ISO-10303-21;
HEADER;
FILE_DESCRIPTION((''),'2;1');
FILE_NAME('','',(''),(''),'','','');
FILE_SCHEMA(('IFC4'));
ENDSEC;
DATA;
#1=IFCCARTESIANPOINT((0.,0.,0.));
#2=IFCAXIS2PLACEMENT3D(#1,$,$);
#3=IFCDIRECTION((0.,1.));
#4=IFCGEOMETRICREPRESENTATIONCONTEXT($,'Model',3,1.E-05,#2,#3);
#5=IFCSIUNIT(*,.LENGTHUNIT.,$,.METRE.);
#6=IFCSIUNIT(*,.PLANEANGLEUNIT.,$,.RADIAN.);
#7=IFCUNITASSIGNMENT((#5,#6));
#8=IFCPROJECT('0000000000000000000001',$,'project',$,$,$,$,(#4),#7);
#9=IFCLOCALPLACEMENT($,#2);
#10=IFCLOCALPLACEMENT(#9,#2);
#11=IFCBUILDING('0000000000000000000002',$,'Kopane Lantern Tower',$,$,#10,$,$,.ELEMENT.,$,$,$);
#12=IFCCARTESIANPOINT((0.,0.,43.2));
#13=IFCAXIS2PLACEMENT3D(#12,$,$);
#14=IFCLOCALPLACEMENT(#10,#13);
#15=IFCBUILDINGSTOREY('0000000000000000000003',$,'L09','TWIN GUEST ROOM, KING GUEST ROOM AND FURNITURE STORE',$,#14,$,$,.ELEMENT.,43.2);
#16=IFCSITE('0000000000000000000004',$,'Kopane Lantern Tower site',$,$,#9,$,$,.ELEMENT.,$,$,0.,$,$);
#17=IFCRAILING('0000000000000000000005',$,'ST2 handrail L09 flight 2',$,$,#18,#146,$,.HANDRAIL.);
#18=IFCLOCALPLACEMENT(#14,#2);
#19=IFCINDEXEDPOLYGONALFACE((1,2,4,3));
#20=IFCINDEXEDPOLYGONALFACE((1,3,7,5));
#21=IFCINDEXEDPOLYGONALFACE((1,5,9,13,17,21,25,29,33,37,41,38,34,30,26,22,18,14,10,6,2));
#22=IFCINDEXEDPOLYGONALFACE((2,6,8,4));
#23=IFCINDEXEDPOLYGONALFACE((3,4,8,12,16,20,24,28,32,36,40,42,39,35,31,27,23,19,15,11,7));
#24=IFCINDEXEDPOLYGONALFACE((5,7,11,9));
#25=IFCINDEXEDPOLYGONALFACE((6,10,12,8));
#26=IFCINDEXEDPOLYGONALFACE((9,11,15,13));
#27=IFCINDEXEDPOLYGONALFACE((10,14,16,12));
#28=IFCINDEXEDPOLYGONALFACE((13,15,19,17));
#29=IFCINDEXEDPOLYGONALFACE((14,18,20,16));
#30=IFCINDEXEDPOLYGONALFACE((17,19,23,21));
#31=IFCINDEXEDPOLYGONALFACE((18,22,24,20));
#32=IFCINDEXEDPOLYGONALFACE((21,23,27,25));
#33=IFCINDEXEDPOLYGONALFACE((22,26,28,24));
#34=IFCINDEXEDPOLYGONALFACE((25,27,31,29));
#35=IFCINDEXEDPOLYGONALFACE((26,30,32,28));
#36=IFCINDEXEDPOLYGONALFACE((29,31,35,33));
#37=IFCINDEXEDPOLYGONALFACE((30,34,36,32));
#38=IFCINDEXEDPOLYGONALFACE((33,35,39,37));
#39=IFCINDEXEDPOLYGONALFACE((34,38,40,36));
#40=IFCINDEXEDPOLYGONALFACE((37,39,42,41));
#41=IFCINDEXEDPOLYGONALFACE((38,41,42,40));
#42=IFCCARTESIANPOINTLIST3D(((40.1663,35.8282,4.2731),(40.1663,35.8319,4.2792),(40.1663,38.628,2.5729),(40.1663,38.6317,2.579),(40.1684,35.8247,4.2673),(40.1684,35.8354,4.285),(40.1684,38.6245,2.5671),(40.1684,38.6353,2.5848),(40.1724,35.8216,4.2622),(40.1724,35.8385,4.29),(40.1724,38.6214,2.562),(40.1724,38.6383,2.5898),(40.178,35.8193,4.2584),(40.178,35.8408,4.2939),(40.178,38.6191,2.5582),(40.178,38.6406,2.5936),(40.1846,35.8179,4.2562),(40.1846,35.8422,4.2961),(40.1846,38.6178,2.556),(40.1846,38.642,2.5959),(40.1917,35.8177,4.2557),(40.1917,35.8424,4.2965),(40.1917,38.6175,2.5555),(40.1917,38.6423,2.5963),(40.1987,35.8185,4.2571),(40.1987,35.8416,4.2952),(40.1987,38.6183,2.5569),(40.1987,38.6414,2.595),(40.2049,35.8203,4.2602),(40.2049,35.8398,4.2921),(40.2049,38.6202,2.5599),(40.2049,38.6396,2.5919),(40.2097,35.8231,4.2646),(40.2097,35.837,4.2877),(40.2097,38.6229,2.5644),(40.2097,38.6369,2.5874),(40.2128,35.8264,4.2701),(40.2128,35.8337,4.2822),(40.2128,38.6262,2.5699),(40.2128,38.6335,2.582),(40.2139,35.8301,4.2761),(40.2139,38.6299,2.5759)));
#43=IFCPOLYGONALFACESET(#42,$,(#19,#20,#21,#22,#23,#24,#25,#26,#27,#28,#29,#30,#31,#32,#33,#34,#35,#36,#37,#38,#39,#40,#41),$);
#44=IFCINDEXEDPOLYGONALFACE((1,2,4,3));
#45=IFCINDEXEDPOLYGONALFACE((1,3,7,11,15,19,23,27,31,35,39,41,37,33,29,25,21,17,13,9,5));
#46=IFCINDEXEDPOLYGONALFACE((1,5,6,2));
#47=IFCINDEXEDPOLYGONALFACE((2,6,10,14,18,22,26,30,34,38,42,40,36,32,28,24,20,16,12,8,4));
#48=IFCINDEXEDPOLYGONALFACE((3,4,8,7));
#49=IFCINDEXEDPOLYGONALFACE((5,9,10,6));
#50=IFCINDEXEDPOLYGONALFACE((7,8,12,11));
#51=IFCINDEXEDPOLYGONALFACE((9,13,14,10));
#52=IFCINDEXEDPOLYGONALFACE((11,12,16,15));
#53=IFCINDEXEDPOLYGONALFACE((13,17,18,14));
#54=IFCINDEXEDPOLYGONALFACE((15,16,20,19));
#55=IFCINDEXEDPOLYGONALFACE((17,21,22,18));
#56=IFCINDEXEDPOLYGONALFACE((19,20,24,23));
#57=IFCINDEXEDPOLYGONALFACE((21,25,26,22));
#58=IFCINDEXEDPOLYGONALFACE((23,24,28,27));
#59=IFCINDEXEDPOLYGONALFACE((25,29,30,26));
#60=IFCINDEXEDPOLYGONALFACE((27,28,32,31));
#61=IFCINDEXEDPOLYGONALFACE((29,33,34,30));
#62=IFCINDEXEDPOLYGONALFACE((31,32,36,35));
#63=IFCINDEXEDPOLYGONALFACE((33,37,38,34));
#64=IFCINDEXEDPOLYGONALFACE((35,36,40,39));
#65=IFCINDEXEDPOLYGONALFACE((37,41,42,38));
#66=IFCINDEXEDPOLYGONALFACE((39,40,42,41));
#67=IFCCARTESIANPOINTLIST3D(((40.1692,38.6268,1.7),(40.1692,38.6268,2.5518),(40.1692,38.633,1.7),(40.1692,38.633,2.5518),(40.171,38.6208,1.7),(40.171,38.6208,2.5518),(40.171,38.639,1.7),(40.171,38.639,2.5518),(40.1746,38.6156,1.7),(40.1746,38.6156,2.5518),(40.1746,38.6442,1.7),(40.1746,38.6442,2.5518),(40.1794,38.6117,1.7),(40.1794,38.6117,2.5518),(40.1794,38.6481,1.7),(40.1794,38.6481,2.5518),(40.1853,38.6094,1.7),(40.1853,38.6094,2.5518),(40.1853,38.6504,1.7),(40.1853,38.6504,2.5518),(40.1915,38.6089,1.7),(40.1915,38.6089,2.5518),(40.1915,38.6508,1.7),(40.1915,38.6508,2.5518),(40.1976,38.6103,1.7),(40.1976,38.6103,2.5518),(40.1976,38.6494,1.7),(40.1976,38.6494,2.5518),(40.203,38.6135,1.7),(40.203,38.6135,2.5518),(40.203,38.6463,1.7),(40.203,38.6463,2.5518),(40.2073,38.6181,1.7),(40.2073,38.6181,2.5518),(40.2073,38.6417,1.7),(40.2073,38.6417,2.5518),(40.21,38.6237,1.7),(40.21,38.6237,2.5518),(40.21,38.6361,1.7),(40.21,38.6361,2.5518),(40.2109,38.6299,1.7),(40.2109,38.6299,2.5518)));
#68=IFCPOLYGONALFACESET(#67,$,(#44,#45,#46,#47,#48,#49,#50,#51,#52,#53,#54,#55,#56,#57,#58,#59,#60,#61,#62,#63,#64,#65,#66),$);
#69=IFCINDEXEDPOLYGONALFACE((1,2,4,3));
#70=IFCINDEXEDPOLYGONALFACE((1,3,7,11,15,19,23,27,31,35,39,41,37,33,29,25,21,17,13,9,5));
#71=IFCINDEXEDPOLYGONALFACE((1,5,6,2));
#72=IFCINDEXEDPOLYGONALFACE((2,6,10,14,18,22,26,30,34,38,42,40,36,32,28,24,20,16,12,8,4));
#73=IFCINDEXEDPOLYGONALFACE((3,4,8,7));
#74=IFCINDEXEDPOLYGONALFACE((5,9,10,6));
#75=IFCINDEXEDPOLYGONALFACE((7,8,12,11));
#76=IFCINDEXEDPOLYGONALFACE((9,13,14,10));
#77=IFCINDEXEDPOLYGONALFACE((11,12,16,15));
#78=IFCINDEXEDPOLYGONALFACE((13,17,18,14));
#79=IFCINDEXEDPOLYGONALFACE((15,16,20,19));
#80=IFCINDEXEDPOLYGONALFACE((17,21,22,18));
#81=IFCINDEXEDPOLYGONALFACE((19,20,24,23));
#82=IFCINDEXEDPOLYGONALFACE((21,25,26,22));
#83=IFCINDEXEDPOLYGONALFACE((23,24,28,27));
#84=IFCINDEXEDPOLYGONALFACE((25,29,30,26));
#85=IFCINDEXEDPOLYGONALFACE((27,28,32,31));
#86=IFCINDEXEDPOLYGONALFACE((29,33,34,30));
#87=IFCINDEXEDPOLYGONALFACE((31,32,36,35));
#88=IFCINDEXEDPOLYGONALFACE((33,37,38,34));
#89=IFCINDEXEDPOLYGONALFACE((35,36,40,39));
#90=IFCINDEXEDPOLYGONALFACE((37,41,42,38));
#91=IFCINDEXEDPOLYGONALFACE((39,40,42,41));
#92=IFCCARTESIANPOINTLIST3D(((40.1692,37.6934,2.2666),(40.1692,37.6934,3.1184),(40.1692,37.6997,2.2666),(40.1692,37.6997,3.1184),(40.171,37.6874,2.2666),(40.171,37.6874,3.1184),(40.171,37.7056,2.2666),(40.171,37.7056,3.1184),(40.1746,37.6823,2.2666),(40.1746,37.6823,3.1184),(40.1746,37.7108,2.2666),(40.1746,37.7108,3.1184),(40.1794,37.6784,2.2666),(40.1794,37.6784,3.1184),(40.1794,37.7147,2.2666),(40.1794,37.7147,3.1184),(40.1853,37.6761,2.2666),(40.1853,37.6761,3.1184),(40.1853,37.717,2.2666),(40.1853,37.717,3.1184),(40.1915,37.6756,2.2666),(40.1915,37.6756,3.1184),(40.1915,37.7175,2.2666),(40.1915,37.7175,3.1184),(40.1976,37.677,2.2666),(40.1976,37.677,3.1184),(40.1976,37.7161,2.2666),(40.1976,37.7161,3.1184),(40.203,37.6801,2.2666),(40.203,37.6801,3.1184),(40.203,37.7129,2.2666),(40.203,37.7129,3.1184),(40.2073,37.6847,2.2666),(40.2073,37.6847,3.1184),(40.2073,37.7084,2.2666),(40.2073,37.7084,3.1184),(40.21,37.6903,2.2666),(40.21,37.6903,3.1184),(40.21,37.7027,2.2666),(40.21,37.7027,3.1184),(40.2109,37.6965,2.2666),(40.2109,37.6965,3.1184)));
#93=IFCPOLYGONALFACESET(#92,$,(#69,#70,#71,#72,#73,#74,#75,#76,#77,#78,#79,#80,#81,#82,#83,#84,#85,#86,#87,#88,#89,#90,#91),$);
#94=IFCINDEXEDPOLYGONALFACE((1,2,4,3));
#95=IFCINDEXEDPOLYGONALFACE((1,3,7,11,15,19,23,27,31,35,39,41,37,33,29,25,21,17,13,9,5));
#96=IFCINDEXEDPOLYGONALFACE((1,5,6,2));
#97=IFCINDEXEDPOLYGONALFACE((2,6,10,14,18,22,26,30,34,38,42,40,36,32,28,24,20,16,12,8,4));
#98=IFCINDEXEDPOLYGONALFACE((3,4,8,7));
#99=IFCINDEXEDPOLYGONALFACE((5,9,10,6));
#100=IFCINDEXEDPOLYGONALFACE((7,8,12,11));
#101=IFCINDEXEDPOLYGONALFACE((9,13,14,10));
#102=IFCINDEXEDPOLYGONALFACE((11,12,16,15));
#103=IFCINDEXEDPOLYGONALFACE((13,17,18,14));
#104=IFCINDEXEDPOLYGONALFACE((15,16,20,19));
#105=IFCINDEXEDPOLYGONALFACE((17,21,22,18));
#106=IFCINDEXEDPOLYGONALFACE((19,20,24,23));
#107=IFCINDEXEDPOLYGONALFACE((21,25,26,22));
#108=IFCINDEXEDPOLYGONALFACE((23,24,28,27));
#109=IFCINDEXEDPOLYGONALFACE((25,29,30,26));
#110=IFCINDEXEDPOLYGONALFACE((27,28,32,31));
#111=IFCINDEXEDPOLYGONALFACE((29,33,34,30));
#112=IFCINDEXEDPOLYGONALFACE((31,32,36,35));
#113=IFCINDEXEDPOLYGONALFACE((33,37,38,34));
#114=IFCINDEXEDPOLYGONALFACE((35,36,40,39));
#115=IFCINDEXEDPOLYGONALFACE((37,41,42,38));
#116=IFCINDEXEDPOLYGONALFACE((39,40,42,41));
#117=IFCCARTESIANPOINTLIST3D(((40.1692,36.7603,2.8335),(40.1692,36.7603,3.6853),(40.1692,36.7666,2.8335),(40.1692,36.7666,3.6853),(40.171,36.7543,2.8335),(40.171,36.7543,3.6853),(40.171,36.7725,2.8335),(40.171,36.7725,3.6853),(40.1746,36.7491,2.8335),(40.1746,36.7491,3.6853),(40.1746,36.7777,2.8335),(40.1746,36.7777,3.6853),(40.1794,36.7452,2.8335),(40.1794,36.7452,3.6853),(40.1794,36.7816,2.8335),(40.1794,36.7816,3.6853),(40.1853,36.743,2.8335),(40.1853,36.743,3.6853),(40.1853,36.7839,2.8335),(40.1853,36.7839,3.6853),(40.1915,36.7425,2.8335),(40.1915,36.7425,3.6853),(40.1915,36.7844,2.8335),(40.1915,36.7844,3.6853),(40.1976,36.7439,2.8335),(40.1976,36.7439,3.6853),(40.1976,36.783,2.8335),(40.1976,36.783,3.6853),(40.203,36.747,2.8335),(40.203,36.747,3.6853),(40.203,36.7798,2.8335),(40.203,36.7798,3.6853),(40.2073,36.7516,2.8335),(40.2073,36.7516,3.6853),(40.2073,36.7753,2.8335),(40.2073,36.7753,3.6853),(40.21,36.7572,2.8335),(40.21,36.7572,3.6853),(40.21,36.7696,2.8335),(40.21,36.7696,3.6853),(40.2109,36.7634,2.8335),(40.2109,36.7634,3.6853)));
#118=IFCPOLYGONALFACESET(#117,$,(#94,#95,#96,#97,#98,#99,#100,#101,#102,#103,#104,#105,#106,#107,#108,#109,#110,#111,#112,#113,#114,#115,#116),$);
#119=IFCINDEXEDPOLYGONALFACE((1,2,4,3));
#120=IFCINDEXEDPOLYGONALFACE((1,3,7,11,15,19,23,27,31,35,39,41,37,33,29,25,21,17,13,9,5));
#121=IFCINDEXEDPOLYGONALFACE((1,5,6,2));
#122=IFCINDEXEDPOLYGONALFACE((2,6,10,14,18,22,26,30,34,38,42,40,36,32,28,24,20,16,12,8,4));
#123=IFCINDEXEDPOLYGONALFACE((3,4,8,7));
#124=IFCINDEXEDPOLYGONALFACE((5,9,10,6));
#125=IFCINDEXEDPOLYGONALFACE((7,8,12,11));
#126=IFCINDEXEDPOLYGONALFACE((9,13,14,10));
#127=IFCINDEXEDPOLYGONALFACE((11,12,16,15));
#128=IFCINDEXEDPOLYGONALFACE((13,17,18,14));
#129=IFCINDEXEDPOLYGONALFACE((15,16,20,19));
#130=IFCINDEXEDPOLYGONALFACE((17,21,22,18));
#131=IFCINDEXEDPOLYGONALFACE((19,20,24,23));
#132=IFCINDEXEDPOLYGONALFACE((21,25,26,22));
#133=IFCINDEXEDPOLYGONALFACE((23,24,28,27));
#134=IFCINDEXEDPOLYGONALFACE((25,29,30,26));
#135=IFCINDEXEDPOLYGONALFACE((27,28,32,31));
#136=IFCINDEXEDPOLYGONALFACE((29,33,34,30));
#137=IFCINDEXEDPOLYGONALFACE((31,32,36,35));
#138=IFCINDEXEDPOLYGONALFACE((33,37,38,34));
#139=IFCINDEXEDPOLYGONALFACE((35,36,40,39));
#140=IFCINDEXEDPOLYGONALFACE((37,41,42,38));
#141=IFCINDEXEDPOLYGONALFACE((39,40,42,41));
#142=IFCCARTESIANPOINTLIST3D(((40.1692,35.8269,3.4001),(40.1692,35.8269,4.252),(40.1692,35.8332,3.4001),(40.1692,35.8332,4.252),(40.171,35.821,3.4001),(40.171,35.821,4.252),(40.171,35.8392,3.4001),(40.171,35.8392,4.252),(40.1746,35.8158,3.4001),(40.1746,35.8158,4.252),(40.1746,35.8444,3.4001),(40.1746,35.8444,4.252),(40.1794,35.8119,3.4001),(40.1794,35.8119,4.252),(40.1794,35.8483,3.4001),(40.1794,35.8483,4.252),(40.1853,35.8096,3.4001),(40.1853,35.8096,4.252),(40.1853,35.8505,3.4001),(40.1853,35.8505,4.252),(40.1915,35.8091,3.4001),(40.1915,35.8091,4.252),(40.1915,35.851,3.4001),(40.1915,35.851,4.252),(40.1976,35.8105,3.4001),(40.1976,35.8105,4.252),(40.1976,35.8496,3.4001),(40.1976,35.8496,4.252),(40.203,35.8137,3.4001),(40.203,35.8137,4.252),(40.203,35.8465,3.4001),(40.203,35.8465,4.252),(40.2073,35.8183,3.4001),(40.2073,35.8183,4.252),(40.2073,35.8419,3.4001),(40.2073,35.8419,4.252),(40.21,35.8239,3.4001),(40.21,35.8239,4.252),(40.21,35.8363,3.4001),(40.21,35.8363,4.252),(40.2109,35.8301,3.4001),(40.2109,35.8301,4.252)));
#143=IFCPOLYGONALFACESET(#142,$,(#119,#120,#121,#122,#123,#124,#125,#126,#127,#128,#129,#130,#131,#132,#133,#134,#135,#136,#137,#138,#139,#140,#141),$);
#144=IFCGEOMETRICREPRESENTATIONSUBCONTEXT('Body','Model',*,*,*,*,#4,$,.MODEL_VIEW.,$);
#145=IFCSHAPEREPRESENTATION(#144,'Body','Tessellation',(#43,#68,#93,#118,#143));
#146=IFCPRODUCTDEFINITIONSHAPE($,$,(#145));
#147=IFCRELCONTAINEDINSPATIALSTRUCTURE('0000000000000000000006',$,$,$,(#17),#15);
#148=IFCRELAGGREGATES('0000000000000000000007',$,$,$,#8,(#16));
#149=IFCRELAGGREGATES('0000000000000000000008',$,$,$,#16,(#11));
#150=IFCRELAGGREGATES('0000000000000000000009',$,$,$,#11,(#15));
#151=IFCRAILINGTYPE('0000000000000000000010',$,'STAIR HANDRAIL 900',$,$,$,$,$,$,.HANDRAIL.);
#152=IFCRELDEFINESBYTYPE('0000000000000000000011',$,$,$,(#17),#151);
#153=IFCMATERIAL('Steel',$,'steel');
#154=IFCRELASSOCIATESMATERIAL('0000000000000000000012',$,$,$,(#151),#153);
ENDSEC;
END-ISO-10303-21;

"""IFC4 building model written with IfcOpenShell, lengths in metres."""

from ifc_helpers import new_model, si_unit, direction, frame, origin, origin_2d, place, context, subcontext, project, spatial, circle, extrude, material, type_object, element, save


model = new_model("IFC4")

# Units and contexts
model_context = context("Model", 3, precision=1e-05, world=origin(), true_north=direction((0.0, 1.0)))
body_context = subcontext(model_context, "Body", "Model", "MODEL_VIEW")
ifc_project = project(units=[si_unit("LENGTHUNIT", "METRE"), si_unit("PLANEANGLEUNIT", "RADIAN")], contexts=[model_context])

# Site, building, storey
site_placement = place(None, origin())
site = spatial("IfcSite", under=ifc_project, at=site_placement, Name="Kopane Lantern Tower site", CompositionType="ELEMENT", RefElevation=0.0)
building_placement = place(site_placement, origin())
building = spatial("IfcBuilding", under=site, at=building_placement, Name="Kopane Lantern Tower", CompositionType="ELEMENT")
storey_placement = place(building_placement, frame((0.0, 0.0, 43.2)))
storey = spatial("IfcBuildingStorey", under=building, at=storey_placement, Name="L09", Description="TWIN GUEST ROOM, KING GUEST ROOM AND FURNITURE STORE", CompositionType="ELEMENT", Elevation=43.2)

# Railing
ifc_material_1 = material(Name="Steel", Category="steel")
railing_type = type_object("IfcRailingType", Name="STAIR HANDRAIL 900", PredefinedType="HANDRAIL", material=ifc_material_1)
for number, where, name in (
    (1, (40.1899, 38.6299, 1.7), "ST2 handrail L09 flight 2"),
):
    element("IfcRailing", number, at=place(storey_placement, frame(where)), inside=storey, type_object=railing_type, Name=name, PredefinedType="HANDRAIL", context=body_context, shape_type="SweptSolid", body=[
        extrude(circle(Radius=0.0239, at=origin_2d()), frame((0.0, 0.0, 0.876), z_axis=(0.0, -0.854745, 0.519048), x_axis=(1.0, 0.0, 0.0)), (0.0, 0.0, 1.0), 3.2756),
        extrude(circle(Radius=0.021, at=origin_2d()), origin(), (0.0, 0.0, 1.0), 0.8518),
        extrude(circle(Radius=0.021, at=origin_2d()), frame((0.0, -0.9333, 0.5667)), (0.0, 0.0, 1.0), 0.8518),
        extrude(circle(Radius=0.021, at=origin_2d()), frame((0.0, -1.8665, 1.1335)), (0.0, 0.0, 1.0), 0.8518),
        extrude(circle(Radius=0.021, at=origin_2d()), frame((0.0, -2.7998, 1.7002)), (0.0, 0.0, 1.0), 0.8518),
    ])

save(model, "model.ifc")
